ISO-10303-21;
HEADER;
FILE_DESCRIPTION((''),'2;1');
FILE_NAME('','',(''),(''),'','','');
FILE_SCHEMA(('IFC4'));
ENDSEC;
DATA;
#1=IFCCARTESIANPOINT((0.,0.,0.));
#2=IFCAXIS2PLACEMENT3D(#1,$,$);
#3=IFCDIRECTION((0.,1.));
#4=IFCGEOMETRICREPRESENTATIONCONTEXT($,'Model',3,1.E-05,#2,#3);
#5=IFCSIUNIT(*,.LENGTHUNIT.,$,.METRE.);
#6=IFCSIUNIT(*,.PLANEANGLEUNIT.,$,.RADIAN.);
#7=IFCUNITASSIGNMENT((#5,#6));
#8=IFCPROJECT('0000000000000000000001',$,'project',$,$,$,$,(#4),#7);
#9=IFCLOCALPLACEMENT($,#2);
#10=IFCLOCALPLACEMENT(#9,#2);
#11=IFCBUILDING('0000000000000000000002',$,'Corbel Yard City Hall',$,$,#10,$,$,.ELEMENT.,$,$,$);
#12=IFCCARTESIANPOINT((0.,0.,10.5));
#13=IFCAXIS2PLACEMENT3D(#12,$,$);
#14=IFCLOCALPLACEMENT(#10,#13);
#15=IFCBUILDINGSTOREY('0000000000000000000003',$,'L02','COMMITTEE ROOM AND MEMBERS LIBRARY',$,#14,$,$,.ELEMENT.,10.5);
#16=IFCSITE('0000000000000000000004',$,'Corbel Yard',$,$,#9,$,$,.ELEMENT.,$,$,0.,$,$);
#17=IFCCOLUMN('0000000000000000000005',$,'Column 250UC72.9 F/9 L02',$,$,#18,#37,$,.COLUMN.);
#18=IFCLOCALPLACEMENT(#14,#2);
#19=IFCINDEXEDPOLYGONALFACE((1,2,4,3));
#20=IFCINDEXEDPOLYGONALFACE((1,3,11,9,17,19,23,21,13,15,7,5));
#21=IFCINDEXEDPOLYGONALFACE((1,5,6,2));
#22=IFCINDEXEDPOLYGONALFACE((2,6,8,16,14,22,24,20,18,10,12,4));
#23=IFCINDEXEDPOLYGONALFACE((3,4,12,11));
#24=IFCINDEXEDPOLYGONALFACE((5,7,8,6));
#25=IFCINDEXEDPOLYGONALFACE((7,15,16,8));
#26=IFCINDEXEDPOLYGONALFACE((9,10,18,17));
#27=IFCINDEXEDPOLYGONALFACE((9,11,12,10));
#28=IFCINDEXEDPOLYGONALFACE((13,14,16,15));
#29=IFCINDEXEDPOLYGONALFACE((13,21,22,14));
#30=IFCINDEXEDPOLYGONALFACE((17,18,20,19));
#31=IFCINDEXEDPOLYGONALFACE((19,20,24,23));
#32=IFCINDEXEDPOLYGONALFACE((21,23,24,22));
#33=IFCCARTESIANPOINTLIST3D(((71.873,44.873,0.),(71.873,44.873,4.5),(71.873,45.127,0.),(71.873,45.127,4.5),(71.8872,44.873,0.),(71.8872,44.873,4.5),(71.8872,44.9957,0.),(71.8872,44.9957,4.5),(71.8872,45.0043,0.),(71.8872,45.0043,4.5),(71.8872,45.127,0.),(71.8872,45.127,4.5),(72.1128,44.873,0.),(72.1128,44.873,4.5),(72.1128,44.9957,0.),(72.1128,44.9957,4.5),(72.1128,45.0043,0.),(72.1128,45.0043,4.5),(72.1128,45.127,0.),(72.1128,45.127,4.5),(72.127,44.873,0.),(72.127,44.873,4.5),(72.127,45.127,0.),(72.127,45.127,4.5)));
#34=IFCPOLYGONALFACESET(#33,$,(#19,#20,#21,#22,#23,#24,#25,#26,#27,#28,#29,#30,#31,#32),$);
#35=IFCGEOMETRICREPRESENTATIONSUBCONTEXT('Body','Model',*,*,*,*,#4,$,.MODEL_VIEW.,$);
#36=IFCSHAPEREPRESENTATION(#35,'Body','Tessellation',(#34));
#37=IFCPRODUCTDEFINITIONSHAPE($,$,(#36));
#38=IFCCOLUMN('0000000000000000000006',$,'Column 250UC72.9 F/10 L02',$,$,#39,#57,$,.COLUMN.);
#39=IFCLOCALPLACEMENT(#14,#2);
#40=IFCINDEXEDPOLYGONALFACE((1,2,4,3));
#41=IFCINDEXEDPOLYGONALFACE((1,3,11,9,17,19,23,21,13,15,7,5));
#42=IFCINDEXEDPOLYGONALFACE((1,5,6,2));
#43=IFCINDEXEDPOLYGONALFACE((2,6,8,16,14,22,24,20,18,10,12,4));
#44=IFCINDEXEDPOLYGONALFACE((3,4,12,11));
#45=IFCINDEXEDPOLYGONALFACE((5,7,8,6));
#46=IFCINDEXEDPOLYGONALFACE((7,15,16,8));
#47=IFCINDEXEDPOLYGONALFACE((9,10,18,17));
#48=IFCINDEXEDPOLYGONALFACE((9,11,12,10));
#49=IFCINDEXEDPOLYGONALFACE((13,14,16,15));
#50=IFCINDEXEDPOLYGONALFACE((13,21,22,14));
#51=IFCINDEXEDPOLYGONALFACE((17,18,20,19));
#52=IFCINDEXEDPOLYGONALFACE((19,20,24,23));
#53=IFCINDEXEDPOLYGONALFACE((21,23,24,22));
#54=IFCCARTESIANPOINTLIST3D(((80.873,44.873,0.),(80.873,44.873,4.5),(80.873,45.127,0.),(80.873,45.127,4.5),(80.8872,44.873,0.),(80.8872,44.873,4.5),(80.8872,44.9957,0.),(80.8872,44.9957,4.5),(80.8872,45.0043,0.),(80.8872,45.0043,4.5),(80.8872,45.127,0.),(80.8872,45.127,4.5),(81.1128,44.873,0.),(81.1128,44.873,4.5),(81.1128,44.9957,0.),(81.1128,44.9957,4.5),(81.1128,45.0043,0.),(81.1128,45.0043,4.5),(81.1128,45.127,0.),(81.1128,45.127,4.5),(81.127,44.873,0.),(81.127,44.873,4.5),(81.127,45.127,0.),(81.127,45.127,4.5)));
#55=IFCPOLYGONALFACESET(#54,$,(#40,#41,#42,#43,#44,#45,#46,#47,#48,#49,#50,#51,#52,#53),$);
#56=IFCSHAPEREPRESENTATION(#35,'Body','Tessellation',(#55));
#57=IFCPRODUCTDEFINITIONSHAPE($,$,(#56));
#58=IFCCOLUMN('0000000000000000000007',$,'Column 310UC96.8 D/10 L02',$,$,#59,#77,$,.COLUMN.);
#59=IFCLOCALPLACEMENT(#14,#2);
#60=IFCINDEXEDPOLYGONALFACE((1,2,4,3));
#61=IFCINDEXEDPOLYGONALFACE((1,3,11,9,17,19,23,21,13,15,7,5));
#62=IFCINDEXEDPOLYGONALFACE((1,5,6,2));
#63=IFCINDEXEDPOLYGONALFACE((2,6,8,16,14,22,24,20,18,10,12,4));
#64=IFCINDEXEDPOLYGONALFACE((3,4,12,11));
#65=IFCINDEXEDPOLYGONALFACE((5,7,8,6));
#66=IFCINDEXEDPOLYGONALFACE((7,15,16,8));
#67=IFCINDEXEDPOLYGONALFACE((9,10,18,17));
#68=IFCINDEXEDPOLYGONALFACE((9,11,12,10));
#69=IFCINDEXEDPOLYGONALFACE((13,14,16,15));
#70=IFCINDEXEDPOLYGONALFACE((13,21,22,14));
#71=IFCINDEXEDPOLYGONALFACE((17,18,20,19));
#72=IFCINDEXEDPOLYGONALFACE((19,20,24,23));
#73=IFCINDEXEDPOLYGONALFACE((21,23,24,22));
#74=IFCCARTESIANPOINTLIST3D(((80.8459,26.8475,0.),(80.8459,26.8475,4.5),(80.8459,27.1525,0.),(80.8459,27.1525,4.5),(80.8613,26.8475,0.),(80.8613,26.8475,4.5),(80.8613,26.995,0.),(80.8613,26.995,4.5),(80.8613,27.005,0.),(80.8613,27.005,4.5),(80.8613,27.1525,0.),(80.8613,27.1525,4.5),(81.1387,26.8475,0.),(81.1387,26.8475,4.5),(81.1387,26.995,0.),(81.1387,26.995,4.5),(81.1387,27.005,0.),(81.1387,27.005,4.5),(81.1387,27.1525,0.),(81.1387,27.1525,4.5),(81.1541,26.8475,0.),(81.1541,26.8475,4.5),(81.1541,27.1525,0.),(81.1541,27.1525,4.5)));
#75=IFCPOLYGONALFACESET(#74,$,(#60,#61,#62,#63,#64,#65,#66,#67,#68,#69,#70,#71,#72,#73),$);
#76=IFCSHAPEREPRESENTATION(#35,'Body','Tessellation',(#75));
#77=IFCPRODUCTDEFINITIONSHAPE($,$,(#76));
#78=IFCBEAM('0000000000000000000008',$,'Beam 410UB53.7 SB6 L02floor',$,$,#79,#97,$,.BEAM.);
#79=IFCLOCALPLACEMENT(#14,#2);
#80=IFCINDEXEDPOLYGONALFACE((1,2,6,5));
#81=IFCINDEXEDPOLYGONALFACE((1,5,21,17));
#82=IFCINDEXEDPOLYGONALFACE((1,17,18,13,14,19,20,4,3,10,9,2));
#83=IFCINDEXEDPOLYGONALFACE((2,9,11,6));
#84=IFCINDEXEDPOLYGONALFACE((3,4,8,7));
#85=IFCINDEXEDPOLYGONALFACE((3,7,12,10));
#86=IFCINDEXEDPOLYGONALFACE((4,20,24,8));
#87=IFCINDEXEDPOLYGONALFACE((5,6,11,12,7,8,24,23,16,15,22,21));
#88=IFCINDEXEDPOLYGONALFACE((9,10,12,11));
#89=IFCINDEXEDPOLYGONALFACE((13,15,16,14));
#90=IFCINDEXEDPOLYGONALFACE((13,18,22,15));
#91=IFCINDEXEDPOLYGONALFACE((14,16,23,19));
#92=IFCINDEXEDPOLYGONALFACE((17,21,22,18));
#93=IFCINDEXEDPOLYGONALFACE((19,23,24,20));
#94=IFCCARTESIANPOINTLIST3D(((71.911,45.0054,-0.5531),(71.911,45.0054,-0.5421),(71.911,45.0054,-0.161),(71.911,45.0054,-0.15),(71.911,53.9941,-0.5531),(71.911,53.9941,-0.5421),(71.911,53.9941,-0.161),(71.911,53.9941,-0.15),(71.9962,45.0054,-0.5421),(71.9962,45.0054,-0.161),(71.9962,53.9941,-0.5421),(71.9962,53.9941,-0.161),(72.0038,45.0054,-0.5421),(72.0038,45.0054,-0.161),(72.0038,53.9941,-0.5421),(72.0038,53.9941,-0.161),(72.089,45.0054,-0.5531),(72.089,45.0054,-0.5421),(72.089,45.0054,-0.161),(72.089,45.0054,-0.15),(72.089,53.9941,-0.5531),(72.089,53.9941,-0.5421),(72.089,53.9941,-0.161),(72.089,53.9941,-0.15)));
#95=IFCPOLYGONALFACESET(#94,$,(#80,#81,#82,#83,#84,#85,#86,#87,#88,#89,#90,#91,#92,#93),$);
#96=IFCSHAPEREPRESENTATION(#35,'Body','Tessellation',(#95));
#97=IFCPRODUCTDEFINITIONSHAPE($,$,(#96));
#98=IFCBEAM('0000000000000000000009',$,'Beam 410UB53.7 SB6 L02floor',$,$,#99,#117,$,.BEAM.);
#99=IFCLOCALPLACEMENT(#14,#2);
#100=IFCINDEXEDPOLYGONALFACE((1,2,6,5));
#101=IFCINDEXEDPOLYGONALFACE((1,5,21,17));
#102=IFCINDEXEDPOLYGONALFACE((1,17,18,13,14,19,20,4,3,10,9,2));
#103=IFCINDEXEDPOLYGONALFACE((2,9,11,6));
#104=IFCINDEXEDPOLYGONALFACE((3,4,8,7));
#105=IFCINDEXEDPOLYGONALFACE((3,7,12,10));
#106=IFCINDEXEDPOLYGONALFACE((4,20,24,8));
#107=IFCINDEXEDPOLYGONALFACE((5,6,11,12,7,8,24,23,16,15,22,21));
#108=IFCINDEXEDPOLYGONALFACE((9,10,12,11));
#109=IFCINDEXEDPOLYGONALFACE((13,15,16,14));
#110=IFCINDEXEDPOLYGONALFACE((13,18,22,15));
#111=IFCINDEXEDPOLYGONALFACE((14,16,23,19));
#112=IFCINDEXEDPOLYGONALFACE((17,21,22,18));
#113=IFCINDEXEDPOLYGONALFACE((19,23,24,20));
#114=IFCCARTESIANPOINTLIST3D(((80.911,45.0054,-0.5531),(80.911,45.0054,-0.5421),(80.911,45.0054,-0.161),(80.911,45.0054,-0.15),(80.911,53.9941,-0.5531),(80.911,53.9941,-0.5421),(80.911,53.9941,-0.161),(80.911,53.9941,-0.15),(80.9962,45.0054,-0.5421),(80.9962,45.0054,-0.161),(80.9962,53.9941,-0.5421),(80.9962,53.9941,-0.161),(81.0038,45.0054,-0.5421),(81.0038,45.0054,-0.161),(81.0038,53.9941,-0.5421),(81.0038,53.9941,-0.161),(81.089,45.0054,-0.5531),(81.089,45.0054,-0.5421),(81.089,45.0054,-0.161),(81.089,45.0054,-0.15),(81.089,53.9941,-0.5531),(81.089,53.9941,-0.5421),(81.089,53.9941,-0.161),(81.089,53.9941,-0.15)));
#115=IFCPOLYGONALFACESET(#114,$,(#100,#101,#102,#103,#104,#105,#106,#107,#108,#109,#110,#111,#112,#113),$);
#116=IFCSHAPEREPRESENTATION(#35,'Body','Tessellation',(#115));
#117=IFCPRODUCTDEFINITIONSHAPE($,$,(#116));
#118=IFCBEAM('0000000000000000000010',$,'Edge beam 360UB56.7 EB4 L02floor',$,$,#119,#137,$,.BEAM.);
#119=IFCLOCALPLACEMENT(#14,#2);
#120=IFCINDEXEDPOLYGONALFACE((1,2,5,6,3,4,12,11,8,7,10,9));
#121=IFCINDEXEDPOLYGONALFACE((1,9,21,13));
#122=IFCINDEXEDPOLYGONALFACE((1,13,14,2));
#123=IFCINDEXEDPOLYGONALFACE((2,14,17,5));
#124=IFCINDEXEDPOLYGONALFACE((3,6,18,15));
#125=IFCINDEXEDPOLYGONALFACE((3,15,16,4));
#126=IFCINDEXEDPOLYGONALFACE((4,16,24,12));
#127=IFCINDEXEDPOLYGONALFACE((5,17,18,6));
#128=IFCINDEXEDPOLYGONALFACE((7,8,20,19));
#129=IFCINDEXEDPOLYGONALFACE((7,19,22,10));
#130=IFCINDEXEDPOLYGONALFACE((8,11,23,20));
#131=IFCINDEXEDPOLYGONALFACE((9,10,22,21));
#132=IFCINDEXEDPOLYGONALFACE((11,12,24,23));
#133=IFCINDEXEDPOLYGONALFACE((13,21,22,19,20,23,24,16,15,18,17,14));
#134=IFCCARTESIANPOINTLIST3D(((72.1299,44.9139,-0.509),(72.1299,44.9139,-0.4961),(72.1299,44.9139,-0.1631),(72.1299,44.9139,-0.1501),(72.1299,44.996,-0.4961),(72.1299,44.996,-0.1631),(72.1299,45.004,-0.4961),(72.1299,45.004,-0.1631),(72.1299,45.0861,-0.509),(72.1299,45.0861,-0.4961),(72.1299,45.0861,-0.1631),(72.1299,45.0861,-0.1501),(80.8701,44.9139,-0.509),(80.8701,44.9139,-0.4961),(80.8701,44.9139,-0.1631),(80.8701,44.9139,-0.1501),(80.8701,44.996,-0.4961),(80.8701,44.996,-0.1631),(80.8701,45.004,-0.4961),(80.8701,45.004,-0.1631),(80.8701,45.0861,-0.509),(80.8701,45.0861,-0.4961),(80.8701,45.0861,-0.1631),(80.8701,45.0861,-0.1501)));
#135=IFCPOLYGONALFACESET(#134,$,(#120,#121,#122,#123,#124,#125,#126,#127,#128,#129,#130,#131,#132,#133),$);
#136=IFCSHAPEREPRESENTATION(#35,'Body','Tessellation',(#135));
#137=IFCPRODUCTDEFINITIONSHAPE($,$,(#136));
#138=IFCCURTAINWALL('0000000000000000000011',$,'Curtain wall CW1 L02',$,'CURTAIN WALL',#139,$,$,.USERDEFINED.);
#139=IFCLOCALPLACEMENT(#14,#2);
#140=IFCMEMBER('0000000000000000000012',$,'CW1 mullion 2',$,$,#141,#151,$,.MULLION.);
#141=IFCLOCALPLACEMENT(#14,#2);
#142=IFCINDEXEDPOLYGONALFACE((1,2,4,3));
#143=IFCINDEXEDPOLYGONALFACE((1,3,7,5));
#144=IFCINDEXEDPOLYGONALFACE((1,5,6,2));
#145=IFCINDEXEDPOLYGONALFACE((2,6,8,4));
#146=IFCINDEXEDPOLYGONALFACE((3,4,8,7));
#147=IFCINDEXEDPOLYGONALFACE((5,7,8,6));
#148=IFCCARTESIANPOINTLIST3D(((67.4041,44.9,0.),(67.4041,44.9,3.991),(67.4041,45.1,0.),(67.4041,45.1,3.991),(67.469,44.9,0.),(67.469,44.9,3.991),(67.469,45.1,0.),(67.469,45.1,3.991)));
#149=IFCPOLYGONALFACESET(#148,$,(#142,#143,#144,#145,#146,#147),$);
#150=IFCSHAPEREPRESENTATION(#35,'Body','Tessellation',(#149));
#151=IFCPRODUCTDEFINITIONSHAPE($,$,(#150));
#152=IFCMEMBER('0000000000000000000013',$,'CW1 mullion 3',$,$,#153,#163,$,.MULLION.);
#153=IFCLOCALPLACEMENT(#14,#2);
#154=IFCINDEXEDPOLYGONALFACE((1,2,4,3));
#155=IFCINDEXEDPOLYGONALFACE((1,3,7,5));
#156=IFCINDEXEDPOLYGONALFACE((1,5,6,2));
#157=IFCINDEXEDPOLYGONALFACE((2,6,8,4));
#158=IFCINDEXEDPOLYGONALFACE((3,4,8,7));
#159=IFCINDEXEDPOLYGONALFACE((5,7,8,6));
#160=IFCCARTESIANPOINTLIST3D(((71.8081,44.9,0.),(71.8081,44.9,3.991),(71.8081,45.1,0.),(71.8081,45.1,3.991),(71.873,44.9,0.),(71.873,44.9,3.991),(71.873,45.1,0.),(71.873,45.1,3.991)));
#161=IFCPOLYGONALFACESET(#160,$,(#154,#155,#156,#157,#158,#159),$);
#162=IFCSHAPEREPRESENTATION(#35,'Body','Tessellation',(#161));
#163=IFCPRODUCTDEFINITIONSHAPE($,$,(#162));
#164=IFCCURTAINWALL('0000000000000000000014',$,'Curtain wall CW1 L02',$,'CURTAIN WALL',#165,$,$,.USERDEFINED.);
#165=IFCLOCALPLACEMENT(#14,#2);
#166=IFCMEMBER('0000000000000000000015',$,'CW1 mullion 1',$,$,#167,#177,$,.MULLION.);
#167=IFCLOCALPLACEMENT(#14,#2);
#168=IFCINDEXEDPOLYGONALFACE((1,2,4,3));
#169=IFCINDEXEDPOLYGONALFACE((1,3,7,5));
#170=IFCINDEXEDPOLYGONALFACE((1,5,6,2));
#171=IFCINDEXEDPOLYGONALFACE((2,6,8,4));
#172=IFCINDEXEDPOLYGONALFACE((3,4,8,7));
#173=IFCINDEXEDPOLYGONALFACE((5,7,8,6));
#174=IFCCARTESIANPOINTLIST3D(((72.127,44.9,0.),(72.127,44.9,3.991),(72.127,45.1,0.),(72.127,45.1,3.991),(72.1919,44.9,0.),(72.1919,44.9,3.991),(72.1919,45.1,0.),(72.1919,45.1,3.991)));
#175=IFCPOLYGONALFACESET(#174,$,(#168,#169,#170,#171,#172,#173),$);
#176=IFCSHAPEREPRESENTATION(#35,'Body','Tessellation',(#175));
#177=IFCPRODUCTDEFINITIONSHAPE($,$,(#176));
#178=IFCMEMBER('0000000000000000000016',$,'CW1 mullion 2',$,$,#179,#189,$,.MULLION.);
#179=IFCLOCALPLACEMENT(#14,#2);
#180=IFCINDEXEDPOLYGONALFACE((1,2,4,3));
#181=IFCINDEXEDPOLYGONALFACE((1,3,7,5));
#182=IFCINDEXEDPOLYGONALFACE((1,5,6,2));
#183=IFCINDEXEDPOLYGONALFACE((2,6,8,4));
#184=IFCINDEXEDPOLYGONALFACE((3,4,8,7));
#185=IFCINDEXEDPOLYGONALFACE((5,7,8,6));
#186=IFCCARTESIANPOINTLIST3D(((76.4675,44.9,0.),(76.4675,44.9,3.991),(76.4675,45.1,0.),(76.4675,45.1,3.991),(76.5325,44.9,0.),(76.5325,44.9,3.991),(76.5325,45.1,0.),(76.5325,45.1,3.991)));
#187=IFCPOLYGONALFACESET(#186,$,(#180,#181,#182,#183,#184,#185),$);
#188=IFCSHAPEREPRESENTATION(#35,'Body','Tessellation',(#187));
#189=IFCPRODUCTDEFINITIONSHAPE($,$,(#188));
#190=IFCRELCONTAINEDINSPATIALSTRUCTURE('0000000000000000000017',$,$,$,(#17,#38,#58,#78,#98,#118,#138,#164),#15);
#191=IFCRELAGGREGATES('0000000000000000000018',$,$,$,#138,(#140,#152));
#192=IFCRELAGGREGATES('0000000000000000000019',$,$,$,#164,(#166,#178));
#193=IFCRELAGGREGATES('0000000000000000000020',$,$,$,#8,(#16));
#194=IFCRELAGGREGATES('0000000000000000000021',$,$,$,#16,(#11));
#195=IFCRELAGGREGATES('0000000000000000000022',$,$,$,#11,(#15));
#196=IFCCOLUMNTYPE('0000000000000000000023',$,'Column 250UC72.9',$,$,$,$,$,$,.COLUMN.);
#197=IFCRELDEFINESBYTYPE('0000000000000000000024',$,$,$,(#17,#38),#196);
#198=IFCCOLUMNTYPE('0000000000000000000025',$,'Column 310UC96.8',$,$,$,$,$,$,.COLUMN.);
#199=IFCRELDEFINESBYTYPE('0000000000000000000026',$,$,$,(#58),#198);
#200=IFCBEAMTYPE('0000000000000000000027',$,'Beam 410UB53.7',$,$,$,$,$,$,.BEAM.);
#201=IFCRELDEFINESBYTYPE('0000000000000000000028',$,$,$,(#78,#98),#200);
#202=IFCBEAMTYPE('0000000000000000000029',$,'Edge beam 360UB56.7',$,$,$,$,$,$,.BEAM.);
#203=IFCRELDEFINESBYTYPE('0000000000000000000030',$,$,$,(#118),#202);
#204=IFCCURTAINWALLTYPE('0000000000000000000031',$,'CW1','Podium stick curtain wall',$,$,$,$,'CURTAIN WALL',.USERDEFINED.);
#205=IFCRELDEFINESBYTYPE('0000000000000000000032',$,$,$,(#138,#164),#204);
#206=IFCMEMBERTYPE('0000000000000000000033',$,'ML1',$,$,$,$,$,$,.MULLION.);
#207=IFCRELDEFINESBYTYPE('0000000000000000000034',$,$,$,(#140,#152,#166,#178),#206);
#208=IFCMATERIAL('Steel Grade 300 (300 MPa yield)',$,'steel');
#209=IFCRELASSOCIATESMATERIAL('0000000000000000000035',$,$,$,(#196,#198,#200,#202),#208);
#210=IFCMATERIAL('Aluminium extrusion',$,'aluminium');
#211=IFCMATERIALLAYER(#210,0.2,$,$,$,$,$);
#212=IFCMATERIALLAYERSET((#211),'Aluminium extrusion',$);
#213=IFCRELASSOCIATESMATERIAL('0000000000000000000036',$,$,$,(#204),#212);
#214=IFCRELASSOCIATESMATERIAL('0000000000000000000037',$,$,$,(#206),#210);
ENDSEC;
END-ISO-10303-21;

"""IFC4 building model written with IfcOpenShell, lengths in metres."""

from ifc_helpers import new_model, si_unit, direction, frame, origin, origin_2d, place, context, subcontext, project, spatial, rectangle, i_section, extrude, material, layer, layer_set, material_profile, profile_set, type_object, element, aggregate, save


model = new_model("IFC4")

# Units and contexts
model_context = context("Model", 3, precision=1e-05, world=origin(), true_north=direction((0.0, 1.0)))
body_context = subcontext(model_context, "Body", "Model", "MODEL_VIEW")
ifc_project = project(units=[si_unit("LENGTHUNIT", "METRE"), si_unit("PLANEANGLEUNIT", "RADIAN")], contexts=[model_context])

# Site, building, storey
site_placement = place(None, origin())
site = spatial("IfcSite", under=ifc_project, at=site_placement, Name="Corbel Yard", CompositionType="ELEMENT", RefElevation=0.0)
building_placement = place(site_placement, origin())
building = spatial("IfcBuilding", under=site, at=building_placement, Name="Corbel Yard City Hall", CompositionType="ELEMENT")
storey_placement = place(building_placement, frame((0.0, 0.0, 10.5)))
storey = spatial("IfcBuildingStorey", under=building, at=storey_placement, Name="L02", Description="COMMITTEE ROOM AND MEMBERS LIBRARY", CompositionType="ELEMENT", Elevation=10.5)

# Columns
ifc_material_1 = material(Name="Steel Grade 300 (300 MPa yield)", Category="steel")
ifc_material_profile_1 = material_profile(ifc_material_1, i_section(OverallWidth=0.2539, OverallDepth=0.2539, WebThickness=0.0085, FlangeThickness=0.0142, at=origin_2d()), Name="250UC72.9")
ifc_profile_set_1 = profile_set([ifc_material_profile_1], Name="Steel Grade 300 (300 MPa yield)")
column_type_1 = type_object("IfcColumnType", Name="Column 250UC72.9", PredefinedType="COLUMN", material=ifc_profile_set_1)
for number, where, z_axis, x_axis, name in (
    (1, (72.0, 45.0, 0.0), (0.0, 0.0, 1.0), (0.0, 1.0, 0.0), "Column 250UC72.9 F/9 L02"),
    (2, (81.0, 45.0, 0.0), (0.0, 0.0, 1.0), (0.0, 1.0, 0.0), "Column 250UC72.9 F/10 L02"),
):
    element("IfcColumn", number, at=place(storey_placement, frame(where, z_axis=z_axis, x_axis=x_axis)), inside=storey, type_object=column_type_1, Name=name, PredefinedType="COLUMN", context=body_context, shape_type="SweptSolid", body=[
        extrude(i_section(OverallWidth=0.2539, OverallDepth=0.2539, WebThickness=0.0085, FlangeThickness=0.0142, at=origin_2d()), origin(), (0.0, 0.0, 1.0), 4.5),
    ])
ifc_material_profile_2 = material_profile(ifc_material_1, i_section(OverallWidth=0.3049, OverallDepth=0.3081, WebThickness=0.01, FlangeThickness=0.0154, at=origin_2d()), Name="310UC96.8")
ifc_profile_set_2 = profile_set([ifc_material_profile_2], Name="Steel Grade 300 (300 MPa yield)")
column_type_2 = type_object("IfcColumnType", Name="Column 310UC96.8", PredefinedType="COLUMN", material=ifc_profile_set_2)
column_placement = place(storey_placement, frame((81.0, 27.0, 0.0), z_axis=(0.0, 0.0, 1.0), x_axis=(0.0, 1.0, 0.0)))
element("IfcColumn", 3, at=column_placement, inside=storey, type_object=column_type_2, Name="Column 310UC96.8 D/10 L02", PredefinedType="COLUMN", context=body_context, shape_type="SweptSolid", body=[
    extrude(i_section(OverallWidth=0.3049, OverallDepth=0.3081, WebThickness=0.01, FlangeThickness=0.0154, at=origin_2d()), origin(), (0.0, 0.0, 1.0), 4.5),
])

# Beams
ifc_material_profile_3 = material_profile(ifc_material_1, i_section(OverallWidth=0.178, OverallDepth=0.4031, WebThickness=0.0076, FlangeThickness=0.011, at=origin_2d()), Name="410UB53.7")
ifc_profile_set_3 = profile_set([ifc_material_profile_3], Name="Steel Grade 300 (300 MPa yield)")
beam_type_1 = type_object("IfcBeamType", Name="Beam 410UB53.7", PredefinedType="BEAM", material=ifc_profile_set_3)
for number, where, z_axis, x_axis, name in (
    (4, (72.0, 45.0054, -0.3516), (0.0, 1.0, 0.0), (-1.0, 0.0, 0.0), "Beam 410UB53.7 SB6 L02floor"),
    (5, (81.0, 45.0054, -0.3516), (0.0, 1.0, 0.0), (-1.0, 0.0, 0.0), "Beam 410UB53.7 SB6 L02floor"),
):
    element("IfcBeam", number, at=place(storey_placement, frame(where, z_axis=z_axis, x_axis=x_axis)), inside=storey, type_object=beam_type_1, Name=name, PredefinedType="BEAM", context=body_context, shape_type="SweptSolid", body=[
        extrude(i_section(OverallWidth=0.178, OverallDepth=0.4031, WebThickness=0.0076, FlangeThickness=0.011, at=origin_2d()), origin(), (0.0, 0.0, 1.0), 8.9888),
    ])
ifc_material_profile_4 = material_profile(ifc_material_1, i_section(OverallWidth=0.1721, OverallDepth=0.3589, WebThickness=0.0081, FlangeThickness=0.0129, at=origin_2d()), Name="360UB56.7")
ifc_profile_set_4 = profile_set([ifc_material_profile_4], Name="Steel Grade 300 (300 MPa yield)")
beam_type_2 = type_object("IfcBeamType", Name="Edge beam 360UB56.7", PredefinedType="BEAM", material=ifc_profile_set_4)
beam_placement = place(storey_placement, frame((72.1299, 45.0, -0.3296), z_axis=(1.0, 0.0, 0.0), x_axis=(0.0, 1.0, 0.0)))
element("IfcBeam", 6, at=beam_placement, inside=storey, type_object=beam_type_2, Name="Edge beam 360UB56.7 EB4 L02floor", PredefinedType="BEAM", context=body_context, shape_type="SweptSolid", body=[
    extrude(i_section(OverallWidth=0.1721, OverallDepth=0.3589, WebThickness=0.0081, FlangeThickness=0.0129, at=origin_2d()), origin(), (0.0, 0.0, 1.0), 8.7402),
])

# Curtain walls, members
ifc_material_2 = material(Name="Aluminium extrusion", Category="aluminium")
ifc_layer_1 = layer(ifc_material_2, 0.2)
ifc_layer_set_1 = layer_set([ifc_layer_1], Name="Aluminium extrusion")
curtain_wall_type_1 = type_object("IfcCurtainWallType", Name="CW1", Description="Podium stick curtain wall", ElementType="CURTAIN WALL", PredefinedType="USERDEFINED", material=ifc_layer_set_1)
curtain_wall_1_placement = place(storey_placement, origin())
curtain_wall_1 = element("IfcCurtainWall", 7, at=curtain_wall_1_placement, inside=storey, type_object=curtain_wall_type_1, Name="Curtain wall CW1 L02", ObjectType="CURTAIN WALL", PredefinedType="USERDEFINED")
ifc_material_profile_5 = material_profile(ifc_material_2, rectangle(XDim=0.2, YDim=0.0649, at=origin_2d()), Name="200x65")
ifc_profile_set_5 = profile_set([ifc_material_profile_5], Name="Aluminium extrusion")
member_type_1 = type_object("IfcMemberType", Name="ML1", PredefinedType="MULLION", material=ifc_profile_set_5)
member_1_placement = place(storey_placement, frame((67.4365, 45.0, 0.0), z_axis=(0.0, 0.0, 1.0), x_axis=(0.0, 1.0, 0.0)))
member_1 = element("IfcMember", 8, at=member_1_placement, type_object=member_type_1, Name="CW1 mullion 2", PredefinedType="MULLION", context=body_context, shape_type="SweptSolid", body=[
    extrude(rectangle(XDim=0.2, YDim=0.0649, at=origin_2d()), origin(), (0.0, 0.0, 1.0), 3.991),
])
member_2_placement = place(storey_placement, frame((71.8406, 45.0, 0.0), z_axis=(0.0, 0.0, 1.0), x_axis=(0.0, 1.0, 0.0)))
member_2 = element("IfcMember", 9, at=member_2_placement, type_object=member_type_1, Name="CW1 mullion 3", PredefinedType="MULLION", context=body_context, shape_type="SweptSolid", body=[
    extrude(rectangle(XDim=0.2, YDim=0.0649, at=origin_2d()), origin(), (0.0, 0.0, 1.0), 3.991),
])
curtain_wall_2_placement = place(storey_placement, origin())
curtain_wall_2 = element("IfcCurtainWall", 10, at=curtain_wall_2_placement, inside=storey, type_object=curtain_wall_type_1, Name="Curtain wall CW1 L02", ObjectType="CURTAIN WALL", PredefinedType="USERDEFINED")
member_3_placement = place(storey_placement, frame((72.1594, 45.0, 0.0), z_axis=(0.0, 0.0, 1.0), x_axis=(0.0, 1.0, 0.0)))
member_3 = element("IfcMember", 11, at=member_3_placement, type_object=member_type_1, Name="CW1 mullion 1", PredefinedType="MULLION", context=body_context, shape_type="SweptSolid", body=[
    extrude(rectangle(XDim=0.2, YDim=0.0649, at=origin_2d()), origin(), (0.0, 0.0, 1.0), 3.991),
])
member_4_placement = place(storey_placement, frame((76.5, 45.0, 0.0), z_axis=(0.0, 0.0, 1.0), x_axis=(0.0, 1.0, 0.0)))
member_4 = element("IfcMember", 12, at=member_4_placement, type_object=member_type_1, Name="CW1 mullion 2", PredefinedType="MULLION", context=body_context, shape_type="SweptSolid", body=[
    extrude(rectangle(XDim=0.2, YDim=0.0649, at=origin_2d()), origin(), (0.0, 0.0, 1.0), 3.991),
])

aggregate(curtain_wall_1, [member_1, member_2])
aggregate(curtain_wall_2, [member_3, member_4])

save(model, "model.ifc")
